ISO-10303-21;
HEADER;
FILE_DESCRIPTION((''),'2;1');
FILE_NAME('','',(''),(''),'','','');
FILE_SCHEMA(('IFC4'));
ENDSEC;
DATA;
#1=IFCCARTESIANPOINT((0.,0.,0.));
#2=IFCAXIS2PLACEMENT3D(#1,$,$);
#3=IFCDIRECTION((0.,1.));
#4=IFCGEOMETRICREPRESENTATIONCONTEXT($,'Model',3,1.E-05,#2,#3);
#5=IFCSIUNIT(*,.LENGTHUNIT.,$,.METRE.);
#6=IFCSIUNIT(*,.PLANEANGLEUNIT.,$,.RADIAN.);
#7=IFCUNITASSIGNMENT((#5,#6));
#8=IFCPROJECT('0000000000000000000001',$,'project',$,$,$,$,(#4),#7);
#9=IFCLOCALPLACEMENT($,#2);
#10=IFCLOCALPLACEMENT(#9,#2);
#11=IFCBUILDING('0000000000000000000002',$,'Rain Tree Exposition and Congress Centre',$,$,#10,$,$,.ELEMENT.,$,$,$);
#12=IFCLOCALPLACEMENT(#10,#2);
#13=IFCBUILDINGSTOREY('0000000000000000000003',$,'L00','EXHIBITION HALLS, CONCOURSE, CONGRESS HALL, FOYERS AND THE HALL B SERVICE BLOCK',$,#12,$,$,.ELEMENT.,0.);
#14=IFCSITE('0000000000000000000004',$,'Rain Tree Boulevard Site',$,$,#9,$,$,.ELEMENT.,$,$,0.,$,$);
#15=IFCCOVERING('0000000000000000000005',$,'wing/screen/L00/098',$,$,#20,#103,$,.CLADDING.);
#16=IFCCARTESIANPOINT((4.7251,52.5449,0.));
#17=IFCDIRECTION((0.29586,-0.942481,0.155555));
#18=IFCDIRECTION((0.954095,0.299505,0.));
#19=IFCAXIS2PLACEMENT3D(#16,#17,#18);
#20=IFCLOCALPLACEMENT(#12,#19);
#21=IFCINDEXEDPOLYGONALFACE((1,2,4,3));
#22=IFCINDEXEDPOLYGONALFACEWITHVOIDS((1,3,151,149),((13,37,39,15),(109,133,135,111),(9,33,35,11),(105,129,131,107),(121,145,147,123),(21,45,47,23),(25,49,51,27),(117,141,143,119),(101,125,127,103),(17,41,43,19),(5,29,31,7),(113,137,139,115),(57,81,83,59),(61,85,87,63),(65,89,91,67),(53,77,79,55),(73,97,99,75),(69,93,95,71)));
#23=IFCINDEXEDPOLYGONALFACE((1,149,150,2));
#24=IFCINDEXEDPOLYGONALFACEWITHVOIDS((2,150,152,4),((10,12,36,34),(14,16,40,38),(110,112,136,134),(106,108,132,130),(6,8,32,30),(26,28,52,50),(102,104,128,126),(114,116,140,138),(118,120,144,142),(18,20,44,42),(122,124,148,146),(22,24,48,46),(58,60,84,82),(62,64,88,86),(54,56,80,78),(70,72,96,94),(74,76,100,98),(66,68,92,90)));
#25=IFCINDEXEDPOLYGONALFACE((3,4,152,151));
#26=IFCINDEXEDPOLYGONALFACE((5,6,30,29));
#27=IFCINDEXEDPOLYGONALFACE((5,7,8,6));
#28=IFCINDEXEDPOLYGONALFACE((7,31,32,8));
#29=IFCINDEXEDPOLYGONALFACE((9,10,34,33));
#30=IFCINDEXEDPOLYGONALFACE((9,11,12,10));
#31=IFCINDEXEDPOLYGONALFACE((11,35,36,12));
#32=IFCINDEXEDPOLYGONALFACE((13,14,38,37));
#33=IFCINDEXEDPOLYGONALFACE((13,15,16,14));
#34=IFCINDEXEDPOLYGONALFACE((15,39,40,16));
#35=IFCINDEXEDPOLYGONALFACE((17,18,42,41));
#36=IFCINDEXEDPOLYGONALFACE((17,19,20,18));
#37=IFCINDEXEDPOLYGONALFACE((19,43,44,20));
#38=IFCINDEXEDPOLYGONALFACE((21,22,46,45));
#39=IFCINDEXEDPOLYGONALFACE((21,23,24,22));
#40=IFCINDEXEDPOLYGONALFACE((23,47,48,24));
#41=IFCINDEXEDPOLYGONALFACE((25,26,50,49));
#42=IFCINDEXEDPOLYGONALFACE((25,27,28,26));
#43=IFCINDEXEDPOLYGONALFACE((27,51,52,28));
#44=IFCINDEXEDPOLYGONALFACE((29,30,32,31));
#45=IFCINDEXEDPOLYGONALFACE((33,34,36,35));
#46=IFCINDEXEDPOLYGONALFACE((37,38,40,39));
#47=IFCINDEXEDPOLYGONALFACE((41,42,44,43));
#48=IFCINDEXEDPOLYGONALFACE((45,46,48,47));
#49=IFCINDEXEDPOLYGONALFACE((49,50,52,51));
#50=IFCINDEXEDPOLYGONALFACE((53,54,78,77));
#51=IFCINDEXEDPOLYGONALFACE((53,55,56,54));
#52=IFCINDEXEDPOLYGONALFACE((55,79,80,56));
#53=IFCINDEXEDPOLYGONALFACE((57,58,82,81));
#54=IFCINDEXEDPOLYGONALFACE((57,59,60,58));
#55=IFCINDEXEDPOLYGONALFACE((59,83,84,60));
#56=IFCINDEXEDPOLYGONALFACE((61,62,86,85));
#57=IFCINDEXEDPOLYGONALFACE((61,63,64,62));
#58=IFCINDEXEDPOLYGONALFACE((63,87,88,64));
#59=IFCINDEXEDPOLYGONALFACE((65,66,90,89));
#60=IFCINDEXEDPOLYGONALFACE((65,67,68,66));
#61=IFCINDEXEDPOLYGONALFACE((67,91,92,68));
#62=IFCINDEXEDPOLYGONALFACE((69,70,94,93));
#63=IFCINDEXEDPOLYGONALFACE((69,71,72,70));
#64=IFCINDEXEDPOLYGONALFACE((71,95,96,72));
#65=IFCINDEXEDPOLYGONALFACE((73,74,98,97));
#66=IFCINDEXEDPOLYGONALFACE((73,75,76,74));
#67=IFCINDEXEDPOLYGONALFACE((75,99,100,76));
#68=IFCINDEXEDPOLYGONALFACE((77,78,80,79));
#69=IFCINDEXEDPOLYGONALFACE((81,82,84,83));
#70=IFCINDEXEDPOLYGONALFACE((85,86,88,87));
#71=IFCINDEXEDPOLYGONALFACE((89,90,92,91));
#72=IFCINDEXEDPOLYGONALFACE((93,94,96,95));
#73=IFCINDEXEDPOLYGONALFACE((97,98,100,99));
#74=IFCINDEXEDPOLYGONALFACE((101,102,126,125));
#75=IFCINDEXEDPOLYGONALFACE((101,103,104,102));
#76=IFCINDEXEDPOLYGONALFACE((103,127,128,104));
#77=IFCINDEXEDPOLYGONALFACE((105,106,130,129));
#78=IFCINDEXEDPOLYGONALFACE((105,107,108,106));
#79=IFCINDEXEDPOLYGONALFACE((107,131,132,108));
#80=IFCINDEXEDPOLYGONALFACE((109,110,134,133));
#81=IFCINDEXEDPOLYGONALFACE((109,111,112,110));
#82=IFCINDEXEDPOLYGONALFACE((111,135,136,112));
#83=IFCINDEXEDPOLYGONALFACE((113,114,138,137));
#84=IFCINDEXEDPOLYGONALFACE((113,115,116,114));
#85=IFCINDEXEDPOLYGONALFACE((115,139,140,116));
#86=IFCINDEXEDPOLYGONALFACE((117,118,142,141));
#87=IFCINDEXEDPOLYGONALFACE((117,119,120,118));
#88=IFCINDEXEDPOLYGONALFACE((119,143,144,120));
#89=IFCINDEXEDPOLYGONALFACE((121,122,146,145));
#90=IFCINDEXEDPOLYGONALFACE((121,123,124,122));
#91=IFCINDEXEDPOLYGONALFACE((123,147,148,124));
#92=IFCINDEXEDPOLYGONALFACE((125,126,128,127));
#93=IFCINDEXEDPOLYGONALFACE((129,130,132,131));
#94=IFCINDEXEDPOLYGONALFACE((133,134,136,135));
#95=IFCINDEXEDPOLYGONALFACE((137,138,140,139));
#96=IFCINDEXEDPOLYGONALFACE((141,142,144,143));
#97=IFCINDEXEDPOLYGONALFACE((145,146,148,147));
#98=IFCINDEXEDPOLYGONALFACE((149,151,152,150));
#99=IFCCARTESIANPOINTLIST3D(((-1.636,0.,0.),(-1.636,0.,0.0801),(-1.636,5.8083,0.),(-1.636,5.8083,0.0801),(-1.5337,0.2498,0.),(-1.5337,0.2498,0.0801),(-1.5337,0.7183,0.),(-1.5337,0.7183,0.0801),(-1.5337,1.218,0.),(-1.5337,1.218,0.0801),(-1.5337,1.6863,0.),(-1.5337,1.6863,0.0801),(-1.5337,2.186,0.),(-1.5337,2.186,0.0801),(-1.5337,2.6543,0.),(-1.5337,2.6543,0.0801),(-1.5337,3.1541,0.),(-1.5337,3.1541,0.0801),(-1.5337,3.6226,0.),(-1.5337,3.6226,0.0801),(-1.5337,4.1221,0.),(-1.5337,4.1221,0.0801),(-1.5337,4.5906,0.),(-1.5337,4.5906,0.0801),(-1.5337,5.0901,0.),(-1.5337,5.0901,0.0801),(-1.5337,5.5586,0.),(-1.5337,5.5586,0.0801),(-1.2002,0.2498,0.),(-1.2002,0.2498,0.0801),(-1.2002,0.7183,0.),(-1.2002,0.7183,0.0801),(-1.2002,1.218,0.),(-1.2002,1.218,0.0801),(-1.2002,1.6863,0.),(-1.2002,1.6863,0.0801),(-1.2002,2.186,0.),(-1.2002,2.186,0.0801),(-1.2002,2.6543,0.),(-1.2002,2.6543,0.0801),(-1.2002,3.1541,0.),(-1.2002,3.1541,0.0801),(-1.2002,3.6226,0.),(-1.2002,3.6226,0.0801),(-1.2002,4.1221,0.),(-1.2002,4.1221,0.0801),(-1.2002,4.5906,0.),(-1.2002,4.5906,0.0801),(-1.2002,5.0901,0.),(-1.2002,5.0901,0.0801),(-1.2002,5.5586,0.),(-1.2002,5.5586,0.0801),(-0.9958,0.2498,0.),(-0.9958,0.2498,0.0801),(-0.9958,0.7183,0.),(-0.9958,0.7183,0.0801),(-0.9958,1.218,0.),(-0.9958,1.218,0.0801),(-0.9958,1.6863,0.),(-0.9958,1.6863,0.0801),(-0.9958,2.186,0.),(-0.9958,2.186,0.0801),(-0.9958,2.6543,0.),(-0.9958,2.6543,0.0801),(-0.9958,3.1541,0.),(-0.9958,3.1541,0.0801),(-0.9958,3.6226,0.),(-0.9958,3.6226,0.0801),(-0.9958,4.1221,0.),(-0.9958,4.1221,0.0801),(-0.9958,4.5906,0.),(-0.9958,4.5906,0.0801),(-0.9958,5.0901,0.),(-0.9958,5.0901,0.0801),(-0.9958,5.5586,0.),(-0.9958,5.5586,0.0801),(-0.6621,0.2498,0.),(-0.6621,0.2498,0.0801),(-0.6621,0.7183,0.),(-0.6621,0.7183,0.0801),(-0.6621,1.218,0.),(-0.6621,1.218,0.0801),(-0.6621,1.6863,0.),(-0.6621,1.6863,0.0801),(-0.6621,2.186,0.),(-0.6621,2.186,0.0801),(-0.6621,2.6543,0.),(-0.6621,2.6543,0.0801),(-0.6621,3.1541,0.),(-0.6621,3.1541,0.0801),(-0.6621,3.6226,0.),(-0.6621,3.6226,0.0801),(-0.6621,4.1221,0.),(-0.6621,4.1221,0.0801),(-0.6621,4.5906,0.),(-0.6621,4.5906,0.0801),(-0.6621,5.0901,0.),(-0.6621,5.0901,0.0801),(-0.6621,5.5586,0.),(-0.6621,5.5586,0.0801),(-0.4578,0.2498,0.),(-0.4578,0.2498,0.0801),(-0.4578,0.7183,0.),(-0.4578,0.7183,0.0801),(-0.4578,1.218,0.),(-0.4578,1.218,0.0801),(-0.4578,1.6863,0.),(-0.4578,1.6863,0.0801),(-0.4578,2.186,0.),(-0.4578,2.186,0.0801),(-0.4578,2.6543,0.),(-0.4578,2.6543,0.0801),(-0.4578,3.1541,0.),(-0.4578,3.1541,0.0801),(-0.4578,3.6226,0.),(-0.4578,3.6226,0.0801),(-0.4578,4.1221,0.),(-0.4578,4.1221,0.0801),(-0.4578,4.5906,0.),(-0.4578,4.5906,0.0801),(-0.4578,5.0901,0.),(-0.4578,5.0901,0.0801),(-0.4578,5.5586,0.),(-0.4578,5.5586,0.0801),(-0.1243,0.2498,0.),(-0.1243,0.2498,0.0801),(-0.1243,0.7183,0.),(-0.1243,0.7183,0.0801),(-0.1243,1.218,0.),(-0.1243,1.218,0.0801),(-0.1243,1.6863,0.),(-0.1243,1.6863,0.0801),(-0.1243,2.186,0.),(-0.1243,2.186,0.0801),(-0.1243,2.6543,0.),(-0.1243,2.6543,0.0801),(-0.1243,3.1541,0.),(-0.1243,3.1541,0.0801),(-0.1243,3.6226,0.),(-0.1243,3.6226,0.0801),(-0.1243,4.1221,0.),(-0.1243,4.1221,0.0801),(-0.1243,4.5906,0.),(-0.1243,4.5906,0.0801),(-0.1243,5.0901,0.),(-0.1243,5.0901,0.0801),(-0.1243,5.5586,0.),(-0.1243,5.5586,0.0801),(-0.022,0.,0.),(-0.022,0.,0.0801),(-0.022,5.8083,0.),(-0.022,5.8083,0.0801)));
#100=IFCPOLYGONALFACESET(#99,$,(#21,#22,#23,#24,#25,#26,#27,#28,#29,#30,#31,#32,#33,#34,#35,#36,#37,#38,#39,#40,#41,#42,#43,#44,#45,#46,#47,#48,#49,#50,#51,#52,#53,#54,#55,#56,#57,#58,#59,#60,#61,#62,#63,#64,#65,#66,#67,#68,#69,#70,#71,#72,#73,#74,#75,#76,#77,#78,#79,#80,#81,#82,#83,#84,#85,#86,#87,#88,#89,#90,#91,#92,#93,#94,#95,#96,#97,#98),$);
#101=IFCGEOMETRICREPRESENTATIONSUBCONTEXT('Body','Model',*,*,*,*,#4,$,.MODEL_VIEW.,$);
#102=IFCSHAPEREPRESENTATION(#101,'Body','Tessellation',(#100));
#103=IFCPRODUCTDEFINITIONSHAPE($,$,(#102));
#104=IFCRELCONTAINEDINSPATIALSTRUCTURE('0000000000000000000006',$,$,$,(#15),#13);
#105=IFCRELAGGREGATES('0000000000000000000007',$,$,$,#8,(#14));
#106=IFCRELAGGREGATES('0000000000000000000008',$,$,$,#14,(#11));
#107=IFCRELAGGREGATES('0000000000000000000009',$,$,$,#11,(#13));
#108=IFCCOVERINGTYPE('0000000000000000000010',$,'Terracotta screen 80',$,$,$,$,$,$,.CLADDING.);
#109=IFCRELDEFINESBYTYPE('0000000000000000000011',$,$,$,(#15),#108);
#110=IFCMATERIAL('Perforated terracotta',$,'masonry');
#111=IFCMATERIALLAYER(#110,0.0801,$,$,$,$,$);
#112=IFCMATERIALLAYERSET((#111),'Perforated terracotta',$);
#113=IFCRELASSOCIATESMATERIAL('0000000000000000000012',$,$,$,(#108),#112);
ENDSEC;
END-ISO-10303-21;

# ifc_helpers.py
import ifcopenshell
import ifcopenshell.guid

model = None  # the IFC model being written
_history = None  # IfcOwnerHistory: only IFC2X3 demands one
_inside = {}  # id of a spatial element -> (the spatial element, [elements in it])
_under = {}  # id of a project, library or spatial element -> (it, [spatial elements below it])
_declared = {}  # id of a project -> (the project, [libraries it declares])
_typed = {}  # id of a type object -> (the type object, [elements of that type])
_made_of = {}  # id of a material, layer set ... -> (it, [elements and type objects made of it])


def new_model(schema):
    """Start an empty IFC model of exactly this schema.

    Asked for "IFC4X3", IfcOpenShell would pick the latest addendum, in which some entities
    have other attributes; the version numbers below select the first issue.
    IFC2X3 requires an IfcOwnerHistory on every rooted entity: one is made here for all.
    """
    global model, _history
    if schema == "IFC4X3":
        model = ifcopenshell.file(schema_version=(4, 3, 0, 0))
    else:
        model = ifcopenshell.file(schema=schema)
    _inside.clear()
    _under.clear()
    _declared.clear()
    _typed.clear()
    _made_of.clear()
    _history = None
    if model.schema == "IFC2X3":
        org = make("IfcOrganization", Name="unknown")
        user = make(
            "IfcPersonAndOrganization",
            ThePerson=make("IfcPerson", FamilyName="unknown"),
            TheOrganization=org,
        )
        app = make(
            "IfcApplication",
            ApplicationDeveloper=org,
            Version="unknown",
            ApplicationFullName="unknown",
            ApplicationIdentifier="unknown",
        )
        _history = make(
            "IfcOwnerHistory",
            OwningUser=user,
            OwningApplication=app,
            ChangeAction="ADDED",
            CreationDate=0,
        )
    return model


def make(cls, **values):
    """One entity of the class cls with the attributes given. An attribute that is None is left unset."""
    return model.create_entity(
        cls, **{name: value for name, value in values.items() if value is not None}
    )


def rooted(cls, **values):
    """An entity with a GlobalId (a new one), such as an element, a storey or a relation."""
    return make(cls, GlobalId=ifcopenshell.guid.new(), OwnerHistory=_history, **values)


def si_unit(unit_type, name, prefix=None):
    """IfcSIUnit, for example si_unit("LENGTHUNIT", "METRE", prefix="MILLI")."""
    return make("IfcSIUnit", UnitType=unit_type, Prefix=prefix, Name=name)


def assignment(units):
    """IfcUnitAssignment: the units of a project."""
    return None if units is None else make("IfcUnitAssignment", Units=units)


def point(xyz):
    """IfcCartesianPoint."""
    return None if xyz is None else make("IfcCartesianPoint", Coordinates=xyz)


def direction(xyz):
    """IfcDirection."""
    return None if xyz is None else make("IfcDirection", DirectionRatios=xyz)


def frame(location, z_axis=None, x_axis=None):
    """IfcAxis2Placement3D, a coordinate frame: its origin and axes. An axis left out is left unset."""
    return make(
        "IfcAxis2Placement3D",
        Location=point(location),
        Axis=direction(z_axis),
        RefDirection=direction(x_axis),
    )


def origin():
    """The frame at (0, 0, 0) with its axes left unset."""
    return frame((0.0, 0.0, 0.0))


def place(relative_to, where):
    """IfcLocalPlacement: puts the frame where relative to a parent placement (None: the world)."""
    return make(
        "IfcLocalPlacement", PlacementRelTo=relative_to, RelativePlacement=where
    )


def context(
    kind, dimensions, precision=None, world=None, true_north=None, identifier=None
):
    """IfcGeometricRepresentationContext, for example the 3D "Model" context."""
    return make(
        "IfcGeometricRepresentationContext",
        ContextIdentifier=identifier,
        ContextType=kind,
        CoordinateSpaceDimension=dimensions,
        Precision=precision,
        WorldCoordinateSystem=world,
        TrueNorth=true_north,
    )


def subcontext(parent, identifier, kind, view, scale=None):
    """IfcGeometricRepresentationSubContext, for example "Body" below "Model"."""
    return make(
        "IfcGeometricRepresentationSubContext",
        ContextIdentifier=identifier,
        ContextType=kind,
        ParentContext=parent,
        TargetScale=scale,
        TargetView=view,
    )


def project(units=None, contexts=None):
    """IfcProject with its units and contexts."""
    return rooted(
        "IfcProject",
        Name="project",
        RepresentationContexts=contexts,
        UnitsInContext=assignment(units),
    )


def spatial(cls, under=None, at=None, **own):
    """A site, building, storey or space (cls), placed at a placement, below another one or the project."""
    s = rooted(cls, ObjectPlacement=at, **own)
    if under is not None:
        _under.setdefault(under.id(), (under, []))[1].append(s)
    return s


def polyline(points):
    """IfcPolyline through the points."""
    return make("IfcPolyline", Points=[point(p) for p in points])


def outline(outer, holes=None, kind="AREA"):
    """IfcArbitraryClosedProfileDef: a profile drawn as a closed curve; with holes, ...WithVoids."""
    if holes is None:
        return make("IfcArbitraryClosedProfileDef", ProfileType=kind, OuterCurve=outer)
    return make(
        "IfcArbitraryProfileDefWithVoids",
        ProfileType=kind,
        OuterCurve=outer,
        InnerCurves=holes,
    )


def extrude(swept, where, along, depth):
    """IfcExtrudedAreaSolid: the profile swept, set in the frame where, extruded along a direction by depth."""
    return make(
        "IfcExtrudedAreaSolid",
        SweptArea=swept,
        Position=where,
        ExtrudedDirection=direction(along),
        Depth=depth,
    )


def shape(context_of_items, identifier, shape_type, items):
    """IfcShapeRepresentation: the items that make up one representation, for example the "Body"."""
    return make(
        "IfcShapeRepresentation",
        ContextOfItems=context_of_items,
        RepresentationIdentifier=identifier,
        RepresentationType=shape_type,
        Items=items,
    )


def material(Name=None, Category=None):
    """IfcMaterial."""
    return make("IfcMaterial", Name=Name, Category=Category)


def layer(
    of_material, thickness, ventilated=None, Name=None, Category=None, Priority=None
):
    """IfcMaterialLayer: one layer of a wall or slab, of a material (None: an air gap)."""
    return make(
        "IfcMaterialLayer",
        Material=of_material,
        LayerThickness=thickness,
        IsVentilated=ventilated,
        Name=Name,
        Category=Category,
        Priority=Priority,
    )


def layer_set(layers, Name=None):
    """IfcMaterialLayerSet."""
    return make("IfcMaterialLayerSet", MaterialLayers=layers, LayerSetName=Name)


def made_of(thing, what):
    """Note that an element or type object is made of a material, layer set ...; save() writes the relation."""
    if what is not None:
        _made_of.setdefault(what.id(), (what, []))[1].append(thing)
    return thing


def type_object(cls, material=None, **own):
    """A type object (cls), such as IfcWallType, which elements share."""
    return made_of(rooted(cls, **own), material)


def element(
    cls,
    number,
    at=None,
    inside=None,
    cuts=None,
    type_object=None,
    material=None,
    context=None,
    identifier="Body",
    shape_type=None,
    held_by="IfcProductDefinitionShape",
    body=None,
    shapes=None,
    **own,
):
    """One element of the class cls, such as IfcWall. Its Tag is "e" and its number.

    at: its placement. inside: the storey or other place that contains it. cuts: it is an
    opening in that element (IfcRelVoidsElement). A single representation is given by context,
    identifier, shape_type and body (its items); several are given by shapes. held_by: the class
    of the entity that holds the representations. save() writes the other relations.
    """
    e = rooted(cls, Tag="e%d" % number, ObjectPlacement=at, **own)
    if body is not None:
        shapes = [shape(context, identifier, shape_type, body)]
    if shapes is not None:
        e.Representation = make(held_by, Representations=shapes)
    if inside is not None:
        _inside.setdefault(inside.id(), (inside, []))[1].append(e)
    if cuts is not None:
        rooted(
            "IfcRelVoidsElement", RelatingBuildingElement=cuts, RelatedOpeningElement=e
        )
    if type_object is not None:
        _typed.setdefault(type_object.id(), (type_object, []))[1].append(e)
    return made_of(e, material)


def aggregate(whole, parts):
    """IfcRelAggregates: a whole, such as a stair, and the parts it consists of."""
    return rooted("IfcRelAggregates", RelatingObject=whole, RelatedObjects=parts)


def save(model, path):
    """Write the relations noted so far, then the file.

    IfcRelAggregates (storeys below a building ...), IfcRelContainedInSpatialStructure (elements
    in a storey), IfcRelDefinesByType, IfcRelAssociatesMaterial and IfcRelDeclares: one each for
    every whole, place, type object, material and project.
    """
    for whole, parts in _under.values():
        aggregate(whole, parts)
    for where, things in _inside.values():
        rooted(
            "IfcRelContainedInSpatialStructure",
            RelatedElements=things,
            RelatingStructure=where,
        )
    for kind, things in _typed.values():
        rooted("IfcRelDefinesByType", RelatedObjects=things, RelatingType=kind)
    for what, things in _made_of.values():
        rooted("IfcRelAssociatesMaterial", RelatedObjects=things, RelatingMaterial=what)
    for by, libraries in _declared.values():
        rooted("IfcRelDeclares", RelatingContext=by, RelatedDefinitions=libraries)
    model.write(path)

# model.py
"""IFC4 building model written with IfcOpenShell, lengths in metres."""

from ifc_helpers import new_model, si_unit, direction, frame, origin, place, context, subcontext, project, spatial, polyline, outline, extrude, material, layer, layer_set, type_object, element, save


model = new_model("IFC4")

# Units and contexts
model_context = context("Model", 3, precision=1e-05, world=origin(), true_north=direction((0.0, 1.0)))
body_context = subcontext(model_context, "Body", "Model", "MODEL_VIEW")
ifc_project = project(units=[si_unit("LENGTHUNIT", "METRE"), si_unit("PLANEANGLEUNIT", "RADIAN")], contexts=[model_context])

# Site, building, storey
site_placement = place(None, origin())
site = spatial("IfcSite", under=ifc_project, at=site_placement, Name="Rain Tree Boulevard Site", CompositionType="ELEMENT", RefElevation=0.0)
building_placement = place(site_placement, origin())
building = spatial("IfcBuilding", under=site, at=building_placement, Name="Rain Tree Exposition and Congress Centre", CompositionType="ELEMENT")
storey_placement = place(building_placement, origin())
storey = spatial("IfcBuildingStorey", under=building, at=storey_placement, Name="L00", Description="EXHIBITION HALLS, CONCOURSE, CONGRESS HALL, FOYERS AND THE HALL B SERVICE BLOCK", CompositionType="ELEMENT", Elevation=0.0)

# Covering
ifc_material_1 = material(Name="Perforated terracotta", Category="masonry")
ifc_layer = layer(ifc_material_1, 0.0801)
ifc_layer_set = layer_set([ifc_layer], Name="Perforated terracotta")
covering_type = type_object("IfcCoveringType", Name="Terracotta screen 80", PredefinedType="CLADDING", material=ifc_layer_set)
covering_1_placement = place(storey_placement, frame((4.7251, 52.5449, 0.0), z_axis=(0.29586, -0.942481, 0.155555), x_axis=(0.954095, 0.299505, 0.0)))
element("IfcCovering", 1, at=covering_1_placement, inside=storey, type_object=covering_type, Name="wing/screen/L00/098", PredefinedType="CLADDING", context=body_context, shape_type="SweptSolid", body=[
    extrude(outline(polyline([(-0.022, 5.8083), (-0.022, 0.0), (-1.636, 0.0), (-1.636, 5.8083), (-0.022, 5.8083)]), holes=[polyline([(-0.1243, 0.2498), (-0.1243, 0.7183), (-0.4578, 0.7183), (-0.4578, 0.2498), (-0.1243, 0.2498)]), polyline([(-0.1243, 1.218), (-0.1243, 1.6863), (-0.4578, 1.6863), (-0.4578, 1.218), (-0.1243, 1.218)]), polyline([(-0.1243, 2.186), (-0.1243, 2.6543), (-0.4578, 2.6543), (-0.4578, 2.186), (-0.1243, 2.186)]), polyline([(-0.1243, 3.1541), (-0.1243, 3.6226), (-0.4578, 3.6226), (-0.4578, 3.1541), (-0.1243, 3.1541)]), polyline([(-0.1243, 4.1221), (-0.1243, 4.5906), (-0.4578, 4.5906), (-0.4578, 4.1221), (-0.1243, 4.1221)]), polyline([(-0.1243, 5.0901), (-0.1243, 5.5586), (-0.4578, 5.5586), (-0.4578, 5.0901), (-0.1243, 5.0901)]), polyline([(-0.6621, 0.2498), (-0.6621, 0.7183), (-0.9958, 0.7183), (-0.9958, 0.2498), (-0.6621, 0.2498)]), polyline([(-0.6621, 1.218), (-0.6621, 1.6863), (-0.9958, 1.6863), (-0.9958, 1.218), (-0.6621, 1.218)]), polyline([(-0.6621, 2.186), (-0.6621, 2.6543), (-0.9958, 2.6543), (-0.9958, 2.186), (-0.6621, 2.186)]), polyline([(-0.6621, 3.1541), (-0.6621, 3.6226), (-0.9958, 3.6226), (-0.9958, 3.1541), (-0.6621, 3.1541)]), polyline([(-0.6621, 4.1221), (-0.6621, 4.5906), (-0.9958, 4.5906), (-0.9958, 4.1221), (-0.6621, 4.1221)]), polyline([(-0.6621, 5.0901), (-0.6621, 5.5586), (-0.9958, 5.5586), (-0.9958, 5.0901), (-0.6621, 5.0901)]), polyline([(-1.2002, 0.2498), (-1.2002, 0.7183), (-1.5337, 0.7183), (-1.5337, 0.2498), (-1.2002, 0.2498)]), polyline([(-1.2002, 1.218), (-1.2002, 1.6863), (-1.5337, 1.6863), (-1.5337, 1.218), (-1.2002, 1.218)]), polyline([(-1.2002, 2.186), (-1.2002, 2.6543), (-1.5337, 2.6543), (-1.5337, 2.186), (-1.2002, 2.186)]), polyline([(-1.2002, 3.1541), (-1.2002, 3.6226), (-1.5337, 3.6226), (-1.5337, 3.1541), (-1.2002, 3.1541)]), polyline([(-1.2002, 4.1221), (-1.2002, 4.5906), (-1.5337, 4.5906), (-1.5337, 4.1221), (-1.2002, 4.1221)]), polyline([(-1.2002, 5.0901), (-1.2002, 5.5586), (-1.5337, 5.5586), (-1.5337, 5.0901), (-1.2002, 5.0901)])]), origin(), (0.0, 0.0, 1.0), 0.0801),
])

save(model, "model.ifc")
